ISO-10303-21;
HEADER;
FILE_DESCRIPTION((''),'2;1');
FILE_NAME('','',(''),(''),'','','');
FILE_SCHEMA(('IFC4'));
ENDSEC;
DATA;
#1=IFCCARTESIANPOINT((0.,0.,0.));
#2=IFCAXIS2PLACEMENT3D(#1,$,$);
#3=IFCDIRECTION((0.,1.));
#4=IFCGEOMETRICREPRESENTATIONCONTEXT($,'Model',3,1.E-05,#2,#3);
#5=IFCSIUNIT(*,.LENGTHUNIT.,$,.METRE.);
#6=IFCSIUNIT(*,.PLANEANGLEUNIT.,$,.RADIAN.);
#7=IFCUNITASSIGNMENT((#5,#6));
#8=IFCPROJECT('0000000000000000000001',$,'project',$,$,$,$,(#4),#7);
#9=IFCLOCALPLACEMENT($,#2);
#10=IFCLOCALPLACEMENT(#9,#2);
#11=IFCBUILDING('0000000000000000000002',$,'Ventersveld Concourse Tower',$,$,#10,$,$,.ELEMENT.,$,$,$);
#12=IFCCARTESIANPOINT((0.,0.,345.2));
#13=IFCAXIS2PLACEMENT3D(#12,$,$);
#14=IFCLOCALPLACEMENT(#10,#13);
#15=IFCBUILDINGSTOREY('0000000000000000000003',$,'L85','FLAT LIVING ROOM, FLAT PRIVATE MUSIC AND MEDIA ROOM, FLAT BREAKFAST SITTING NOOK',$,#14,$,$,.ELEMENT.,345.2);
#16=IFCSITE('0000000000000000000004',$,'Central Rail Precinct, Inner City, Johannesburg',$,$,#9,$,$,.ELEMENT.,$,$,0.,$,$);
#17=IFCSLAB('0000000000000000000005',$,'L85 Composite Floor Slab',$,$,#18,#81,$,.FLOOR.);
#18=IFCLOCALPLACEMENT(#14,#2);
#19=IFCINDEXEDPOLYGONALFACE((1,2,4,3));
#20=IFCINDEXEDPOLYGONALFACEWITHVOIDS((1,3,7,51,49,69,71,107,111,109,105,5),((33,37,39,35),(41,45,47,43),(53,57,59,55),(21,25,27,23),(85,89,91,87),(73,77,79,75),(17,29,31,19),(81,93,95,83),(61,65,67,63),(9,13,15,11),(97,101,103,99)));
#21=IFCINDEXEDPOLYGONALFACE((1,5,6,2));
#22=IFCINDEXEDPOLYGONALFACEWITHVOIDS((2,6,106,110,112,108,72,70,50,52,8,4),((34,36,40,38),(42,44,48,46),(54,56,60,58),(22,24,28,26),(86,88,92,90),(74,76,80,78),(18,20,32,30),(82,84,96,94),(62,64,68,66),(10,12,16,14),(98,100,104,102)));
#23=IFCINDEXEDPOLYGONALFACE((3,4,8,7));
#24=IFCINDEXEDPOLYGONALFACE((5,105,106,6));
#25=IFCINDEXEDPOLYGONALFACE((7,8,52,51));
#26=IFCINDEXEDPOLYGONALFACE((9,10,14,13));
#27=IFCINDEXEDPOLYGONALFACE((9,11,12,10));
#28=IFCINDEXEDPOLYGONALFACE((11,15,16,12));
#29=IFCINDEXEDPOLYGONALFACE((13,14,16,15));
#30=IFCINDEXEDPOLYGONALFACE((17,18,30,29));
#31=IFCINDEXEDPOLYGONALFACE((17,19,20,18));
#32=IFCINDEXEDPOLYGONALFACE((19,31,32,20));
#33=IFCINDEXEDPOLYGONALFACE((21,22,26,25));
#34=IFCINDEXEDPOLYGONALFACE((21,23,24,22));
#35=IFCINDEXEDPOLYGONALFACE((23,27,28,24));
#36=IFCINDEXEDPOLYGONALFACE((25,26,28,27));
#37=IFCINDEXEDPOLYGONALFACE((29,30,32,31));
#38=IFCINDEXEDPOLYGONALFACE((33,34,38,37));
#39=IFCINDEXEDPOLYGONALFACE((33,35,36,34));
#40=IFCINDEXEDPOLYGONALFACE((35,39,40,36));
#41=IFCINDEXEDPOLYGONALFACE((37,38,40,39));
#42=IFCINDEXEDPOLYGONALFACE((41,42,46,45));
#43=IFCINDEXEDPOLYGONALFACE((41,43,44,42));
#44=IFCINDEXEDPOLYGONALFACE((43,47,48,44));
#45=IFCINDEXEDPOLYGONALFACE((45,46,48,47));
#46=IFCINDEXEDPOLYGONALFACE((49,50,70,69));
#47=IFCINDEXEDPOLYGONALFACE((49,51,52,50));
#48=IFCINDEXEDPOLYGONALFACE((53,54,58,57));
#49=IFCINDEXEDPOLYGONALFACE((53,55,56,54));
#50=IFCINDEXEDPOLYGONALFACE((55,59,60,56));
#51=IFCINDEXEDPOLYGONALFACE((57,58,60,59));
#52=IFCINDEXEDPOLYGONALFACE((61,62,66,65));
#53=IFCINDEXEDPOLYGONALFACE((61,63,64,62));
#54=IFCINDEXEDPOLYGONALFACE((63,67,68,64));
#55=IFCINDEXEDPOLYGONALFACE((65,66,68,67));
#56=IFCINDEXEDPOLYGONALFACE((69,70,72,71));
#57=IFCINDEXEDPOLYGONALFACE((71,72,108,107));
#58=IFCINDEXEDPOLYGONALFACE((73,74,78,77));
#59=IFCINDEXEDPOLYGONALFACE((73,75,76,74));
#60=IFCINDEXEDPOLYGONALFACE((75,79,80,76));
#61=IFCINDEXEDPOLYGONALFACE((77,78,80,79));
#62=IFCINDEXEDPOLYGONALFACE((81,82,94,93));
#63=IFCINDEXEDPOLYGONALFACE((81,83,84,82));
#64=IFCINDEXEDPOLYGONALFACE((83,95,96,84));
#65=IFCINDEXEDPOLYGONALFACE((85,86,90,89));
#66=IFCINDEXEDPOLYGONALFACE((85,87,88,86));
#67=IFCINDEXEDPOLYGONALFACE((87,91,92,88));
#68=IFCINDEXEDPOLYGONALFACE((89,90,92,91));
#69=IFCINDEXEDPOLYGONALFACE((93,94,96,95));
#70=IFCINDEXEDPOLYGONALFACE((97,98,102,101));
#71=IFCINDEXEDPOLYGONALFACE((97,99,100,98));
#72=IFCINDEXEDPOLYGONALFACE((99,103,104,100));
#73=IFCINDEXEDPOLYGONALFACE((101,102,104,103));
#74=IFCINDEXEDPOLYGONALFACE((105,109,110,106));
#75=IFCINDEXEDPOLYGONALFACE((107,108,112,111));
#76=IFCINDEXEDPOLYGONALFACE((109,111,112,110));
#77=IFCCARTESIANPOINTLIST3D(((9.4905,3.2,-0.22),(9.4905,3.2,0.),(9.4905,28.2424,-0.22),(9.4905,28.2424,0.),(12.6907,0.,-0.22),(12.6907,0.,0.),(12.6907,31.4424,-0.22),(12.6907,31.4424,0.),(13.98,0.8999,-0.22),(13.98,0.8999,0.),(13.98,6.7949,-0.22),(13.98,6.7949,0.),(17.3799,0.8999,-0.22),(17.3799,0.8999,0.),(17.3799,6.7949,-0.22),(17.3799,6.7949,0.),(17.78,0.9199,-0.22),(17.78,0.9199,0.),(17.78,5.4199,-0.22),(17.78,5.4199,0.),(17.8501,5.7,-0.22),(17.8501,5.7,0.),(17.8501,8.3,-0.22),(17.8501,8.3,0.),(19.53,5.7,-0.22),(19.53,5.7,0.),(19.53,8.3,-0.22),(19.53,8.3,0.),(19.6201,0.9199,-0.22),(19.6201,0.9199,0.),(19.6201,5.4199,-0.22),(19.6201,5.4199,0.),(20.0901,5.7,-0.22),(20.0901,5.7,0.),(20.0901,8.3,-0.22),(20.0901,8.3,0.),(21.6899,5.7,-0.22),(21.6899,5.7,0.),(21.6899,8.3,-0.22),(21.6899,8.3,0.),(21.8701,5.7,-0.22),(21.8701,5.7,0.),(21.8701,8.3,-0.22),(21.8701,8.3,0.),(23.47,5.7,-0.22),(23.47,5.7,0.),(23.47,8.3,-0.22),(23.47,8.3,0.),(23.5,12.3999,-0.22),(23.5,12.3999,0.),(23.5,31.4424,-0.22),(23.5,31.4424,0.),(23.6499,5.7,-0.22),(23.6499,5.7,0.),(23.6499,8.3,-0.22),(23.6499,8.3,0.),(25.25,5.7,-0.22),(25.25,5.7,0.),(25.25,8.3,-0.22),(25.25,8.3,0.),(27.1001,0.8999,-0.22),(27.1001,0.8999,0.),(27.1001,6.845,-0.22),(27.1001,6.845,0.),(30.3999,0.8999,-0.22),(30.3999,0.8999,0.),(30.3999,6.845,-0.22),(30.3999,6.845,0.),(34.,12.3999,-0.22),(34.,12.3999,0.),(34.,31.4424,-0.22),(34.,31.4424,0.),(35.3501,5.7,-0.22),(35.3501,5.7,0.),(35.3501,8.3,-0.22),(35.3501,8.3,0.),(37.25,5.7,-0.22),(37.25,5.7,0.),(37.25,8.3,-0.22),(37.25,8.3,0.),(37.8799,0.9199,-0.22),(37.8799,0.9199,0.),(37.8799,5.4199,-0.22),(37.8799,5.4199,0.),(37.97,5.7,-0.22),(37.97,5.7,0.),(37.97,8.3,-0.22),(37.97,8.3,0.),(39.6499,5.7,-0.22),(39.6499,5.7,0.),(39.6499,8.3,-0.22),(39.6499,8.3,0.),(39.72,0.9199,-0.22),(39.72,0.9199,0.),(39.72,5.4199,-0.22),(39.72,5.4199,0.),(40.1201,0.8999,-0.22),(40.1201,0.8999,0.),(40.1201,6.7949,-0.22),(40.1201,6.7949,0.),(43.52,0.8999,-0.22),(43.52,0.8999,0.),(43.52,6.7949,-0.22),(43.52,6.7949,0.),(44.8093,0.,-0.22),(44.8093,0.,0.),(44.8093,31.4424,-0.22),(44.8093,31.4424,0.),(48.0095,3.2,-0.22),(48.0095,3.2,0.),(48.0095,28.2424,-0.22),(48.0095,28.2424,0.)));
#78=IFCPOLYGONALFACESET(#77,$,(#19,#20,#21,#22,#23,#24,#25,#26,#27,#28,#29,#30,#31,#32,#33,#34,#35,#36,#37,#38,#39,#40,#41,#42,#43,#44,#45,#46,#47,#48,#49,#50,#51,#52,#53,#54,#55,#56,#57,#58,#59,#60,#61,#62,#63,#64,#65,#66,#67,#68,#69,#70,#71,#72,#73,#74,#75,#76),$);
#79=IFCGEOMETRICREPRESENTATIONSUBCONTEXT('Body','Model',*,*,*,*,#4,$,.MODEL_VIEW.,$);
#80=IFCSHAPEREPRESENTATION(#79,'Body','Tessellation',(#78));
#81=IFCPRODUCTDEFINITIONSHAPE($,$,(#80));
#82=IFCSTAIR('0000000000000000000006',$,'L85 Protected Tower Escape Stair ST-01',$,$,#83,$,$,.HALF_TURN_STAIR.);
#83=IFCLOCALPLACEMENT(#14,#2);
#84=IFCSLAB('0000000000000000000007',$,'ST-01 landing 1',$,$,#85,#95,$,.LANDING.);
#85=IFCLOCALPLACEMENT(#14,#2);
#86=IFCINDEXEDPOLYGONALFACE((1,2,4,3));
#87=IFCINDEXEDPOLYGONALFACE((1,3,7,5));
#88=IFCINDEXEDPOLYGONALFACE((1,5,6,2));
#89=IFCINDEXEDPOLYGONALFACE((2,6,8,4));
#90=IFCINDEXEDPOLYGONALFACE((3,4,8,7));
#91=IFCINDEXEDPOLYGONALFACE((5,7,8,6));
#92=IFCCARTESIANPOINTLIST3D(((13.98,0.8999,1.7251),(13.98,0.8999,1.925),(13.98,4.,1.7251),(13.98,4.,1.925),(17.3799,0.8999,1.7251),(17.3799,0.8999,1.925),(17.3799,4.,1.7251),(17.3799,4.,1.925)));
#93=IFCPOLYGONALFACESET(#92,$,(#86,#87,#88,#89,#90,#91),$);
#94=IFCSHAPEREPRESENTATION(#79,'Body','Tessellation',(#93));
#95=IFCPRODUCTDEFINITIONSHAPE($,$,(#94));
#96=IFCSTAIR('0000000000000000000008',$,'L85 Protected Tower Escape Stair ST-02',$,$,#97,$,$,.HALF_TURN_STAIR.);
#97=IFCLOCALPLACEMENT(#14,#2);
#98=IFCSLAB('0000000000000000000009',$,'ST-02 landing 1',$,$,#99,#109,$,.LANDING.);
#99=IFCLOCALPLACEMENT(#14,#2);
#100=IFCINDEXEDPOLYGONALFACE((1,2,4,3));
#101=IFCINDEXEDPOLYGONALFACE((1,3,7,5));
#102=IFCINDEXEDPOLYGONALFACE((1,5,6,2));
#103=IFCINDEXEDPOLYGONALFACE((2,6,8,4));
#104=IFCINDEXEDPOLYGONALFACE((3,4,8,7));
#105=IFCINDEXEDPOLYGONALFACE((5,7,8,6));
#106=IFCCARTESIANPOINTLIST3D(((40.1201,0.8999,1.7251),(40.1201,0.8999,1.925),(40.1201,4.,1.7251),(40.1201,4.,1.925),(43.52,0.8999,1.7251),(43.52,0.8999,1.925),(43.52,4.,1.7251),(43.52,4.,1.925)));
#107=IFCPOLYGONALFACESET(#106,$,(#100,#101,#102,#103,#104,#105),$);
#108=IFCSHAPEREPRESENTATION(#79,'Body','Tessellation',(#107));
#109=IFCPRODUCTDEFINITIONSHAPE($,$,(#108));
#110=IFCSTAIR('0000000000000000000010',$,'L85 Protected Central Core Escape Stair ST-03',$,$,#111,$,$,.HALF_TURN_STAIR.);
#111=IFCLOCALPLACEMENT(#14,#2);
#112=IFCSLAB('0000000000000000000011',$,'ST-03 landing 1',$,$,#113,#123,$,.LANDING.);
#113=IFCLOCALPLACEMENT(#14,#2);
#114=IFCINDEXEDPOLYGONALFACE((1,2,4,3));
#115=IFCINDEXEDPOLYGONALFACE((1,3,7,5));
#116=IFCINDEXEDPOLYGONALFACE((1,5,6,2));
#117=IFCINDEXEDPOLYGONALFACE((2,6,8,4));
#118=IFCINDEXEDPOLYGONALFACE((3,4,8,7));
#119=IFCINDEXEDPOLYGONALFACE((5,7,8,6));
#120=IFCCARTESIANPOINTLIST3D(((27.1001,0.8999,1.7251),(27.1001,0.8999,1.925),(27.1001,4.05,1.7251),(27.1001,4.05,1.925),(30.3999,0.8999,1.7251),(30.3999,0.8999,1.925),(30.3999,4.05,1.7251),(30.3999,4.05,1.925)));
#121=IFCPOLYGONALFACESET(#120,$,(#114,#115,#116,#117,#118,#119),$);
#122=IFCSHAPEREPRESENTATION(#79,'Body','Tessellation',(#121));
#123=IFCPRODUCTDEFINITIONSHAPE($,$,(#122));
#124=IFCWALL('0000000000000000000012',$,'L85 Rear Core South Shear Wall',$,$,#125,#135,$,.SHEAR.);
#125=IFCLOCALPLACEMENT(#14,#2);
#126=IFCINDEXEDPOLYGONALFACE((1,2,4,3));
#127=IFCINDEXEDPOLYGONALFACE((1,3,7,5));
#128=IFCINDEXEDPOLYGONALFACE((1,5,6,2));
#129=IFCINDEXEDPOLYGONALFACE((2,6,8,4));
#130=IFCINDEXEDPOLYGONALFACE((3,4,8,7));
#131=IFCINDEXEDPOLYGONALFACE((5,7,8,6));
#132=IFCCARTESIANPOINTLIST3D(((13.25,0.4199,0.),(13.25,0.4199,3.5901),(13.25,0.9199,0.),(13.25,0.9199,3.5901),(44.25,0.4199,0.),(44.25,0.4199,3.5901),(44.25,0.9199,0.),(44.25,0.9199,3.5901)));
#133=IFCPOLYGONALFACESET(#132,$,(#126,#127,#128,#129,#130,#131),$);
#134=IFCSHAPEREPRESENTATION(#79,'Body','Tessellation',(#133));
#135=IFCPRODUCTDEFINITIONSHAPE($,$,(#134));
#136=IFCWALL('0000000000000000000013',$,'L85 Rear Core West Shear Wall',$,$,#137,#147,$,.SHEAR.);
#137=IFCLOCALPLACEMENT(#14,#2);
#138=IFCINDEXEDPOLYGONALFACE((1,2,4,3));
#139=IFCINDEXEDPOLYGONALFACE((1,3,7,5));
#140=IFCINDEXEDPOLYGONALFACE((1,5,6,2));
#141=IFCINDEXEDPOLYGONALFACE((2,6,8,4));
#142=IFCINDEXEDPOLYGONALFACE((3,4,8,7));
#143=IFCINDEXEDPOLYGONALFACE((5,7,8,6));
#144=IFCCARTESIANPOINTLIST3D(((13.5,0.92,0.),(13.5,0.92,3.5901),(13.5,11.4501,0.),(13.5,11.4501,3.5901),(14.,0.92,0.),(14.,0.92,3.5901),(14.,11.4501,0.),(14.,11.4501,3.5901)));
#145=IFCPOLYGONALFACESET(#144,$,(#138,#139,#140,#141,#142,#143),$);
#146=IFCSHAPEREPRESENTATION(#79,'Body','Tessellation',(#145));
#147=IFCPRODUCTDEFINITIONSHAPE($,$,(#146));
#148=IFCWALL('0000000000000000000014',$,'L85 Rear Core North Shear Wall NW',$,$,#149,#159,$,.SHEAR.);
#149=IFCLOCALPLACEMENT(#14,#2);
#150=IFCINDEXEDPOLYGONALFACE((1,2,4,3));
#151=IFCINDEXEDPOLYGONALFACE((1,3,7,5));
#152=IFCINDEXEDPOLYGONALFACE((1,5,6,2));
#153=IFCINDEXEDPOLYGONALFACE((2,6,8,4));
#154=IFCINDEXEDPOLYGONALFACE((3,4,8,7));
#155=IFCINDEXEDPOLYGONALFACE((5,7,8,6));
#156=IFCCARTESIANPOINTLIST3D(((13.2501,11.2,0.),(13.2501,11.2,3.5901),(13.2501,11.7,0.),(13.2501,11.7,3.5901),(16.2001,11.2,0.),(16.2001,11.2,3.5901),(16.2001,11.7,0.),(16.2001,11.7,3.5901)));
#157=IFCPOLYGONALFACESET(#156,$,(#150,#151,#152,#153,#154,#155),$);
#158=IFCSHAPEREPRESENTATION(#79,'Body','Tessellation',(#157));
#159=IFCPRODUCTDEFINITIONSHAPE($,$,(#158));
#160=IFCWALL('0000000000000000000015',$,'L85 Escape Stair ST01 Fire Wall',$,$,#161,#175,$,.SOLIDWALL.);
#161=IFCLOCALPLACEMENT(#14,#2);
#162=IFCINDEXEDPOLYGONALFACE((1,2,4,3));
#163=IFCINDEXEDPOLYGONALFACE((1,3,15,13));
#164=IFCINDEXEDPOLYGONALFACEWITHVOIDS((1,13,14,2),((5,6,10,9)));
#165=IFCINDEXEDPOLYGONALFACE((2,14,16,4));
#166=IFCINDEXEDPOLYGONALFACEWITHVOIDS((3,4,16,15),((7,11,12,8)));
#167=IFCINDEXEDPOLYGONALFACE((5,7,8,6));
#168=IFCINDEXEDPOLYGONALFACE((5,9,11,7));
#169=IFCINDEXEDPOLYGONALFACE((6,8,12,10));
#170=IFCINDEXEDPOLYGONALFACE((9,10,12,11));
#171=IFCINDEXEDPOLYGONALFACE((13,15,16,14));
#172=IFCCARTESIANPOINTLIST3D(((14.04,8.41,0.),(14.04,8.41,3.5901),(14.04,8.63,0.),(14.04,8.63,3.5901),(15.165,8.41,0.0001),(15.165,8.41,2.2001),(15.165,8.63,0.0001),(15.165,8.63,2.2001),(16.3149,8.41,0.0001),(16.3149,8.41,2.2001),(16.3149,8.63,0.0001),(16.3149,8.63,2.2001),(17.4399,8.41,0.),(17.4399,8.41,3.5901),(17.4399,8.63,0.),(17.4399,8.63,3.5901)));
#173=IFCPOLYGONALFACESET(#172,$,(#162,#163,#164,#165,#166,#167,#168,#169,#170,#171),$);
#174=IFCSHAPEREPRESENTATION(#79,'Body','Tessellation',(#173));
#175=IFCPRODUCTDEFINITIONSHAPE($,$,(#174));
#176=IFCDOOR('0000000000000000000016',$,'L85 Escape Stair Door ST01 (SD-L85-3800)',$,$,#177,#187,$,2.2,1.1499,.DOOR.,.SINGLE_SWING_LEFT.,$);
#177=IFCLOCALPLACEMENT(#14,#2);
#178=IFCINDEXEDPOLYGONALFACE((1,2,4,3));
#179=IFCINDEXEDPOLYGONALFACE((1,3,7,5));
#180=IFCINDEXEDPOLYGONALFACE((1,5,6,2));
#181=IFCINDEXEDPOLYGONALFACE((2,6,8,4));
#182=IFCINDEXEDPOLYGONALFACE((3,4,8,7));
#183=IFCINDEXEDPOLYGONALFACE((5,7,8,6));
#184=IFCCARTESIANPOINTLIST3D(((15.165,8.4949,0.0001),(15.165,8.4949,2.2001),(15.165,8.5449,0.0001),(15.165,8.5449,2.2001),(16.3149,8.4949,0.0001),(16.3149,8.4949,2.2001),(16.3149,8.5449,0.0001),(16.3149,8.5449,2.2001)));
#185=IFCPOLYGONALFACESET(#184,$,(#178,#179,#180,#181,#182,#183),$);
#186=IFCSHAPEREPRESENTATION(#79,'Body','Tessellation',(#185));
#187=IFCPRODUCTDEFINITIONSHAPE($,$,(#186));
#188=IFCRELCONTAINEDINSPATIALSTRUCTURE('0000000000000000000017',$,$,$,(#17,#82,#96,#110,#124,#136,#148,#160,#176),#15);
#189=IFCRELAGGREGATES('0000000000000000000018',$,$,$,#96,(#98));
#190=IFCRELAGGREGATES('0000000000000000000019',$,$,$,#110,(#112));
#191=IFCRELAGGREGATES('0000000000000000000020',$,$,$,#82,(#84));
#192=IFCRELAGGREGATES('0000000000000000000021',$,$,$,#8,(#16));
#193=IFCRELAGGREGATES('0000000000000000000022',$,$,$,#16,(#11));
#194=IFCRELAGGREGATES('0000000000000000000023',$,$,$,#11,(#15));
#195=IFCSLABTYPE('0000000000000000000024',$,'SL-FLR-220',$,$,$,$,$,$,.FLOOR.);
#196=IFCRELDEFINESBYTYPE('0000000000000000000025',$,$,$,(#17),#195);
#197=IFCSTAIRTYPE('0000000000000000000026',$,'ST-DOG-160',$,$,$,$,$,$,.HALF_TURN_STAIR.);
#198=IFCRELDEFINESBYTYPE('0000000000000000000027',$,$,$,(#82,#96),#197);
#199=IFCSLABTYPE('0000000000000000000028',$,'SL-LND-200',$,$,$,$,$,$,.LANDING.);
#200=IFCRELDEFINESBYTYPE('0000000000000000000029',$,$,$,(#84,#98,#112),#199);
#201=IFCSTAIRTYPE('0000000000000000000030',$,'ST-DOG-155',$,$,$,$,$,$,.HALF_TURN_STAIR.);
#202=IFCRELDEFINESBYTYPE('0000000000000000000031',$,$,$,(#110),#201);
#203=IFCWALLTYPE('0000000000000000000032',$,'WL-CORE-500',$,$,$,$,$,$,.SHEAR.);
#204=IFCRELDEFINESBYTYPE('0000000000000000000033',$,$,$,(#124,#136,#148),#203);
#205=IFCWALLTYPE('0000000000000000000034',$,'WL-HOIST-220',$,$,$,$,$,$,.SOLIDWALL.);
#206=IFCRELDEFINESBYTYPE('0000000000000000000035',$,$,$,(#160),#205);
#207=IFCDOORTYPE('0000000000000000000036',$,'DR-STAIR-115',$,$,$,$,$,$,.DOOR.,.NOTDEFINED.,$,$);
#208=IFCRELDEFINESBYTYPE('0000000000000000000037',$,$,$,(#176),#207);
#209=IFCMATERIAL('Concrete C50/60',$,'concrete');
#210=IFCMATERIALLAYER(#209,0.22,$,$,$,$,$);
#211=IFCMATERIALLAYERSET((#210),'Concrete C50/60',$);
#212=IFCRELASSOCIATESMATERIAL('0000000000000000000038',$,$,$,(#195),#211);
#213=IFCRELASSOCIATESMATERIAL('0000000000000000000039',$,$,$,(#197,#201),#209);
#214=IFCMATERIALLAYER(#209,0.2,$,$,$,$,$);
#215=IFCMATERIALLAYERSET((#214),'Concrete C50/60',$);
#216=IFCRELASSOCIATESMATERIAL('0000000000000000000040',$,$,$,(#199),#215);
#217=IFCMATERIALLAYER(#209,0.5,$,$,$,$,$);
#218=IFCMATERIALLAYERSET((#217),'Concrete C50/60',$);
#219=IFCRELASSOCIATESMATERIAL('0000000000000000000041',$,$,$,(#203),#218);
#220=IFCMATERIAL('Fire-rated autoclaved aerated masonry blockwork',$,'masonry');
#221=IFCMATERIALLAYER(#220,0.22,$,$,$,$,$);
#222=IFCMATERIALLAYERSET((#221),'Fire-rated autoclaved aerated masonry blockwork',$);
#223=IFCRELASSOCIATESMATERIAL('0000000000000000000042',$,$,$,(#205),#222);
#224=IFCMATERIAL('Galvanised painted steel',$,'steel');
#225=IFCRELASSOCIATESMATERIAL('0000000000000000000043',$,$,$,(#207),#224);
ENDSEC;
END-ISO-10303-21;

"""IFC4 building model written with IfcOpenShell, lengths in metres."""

from ifc_helpers import new_model, si_unit, direction, frame, frame_2d, origin, place, context, subcontext, project, spatial, polyline, rectangle, outline, extrude, material, layer, layer_set, type_object, element, fill, aggregate, save


model = new_model("IFC4")

# Units and contexts
model_context = context("Model", 3, precision=1e-05, world=origin(), true_north=direction((0.0, 1.0)))
body_context = subcontext(model_context, "Body", "Model", "MODEL_VIEW")
ifc_project = project(units=[si_unit("LENGTHUNIT", "METRE"), si_unit("PLANEANGLEUNIT", "RADIAN")], contexts=[model_context])

# Site, building, storey
site_placement = place(None, origin())
site = spatial("IfcSite", under=ifc_project, at=site_placement, Name="Central Rail Precinct, Inner City, Johannesburg", CompositionType="ELEMENT", RefElevation=0.0)
building_placement = place(site_placement, origin())
building = spatial("IfcBuilding", under=site, at=building_placement, Name="Ventersveld Concourse Tower", CompositionType="ELEMENT")
storey_placement = place(building_placement, frame((0.0, 0.0, 345.2)))
storey = spatial("IfcBuildingStorey", under=building, at=storey_placement, Name="L85", Description="FLAT LIVING ROOM, FLAT PRIVATE MUSIC AND MEDIA ROOM, FLAT BREAKFAST SITTING NOOK", CompositionType="ELEMENT", Elevation=345.2)

# Shared definitions
ifc_material_1 = material(Name="Concrete C50/60", Category="concrete")

# Slab
ifc_layer_1 = layer(ifc_material_1, 0.22)
ifc_layer_set_1 = layer_set([ifc_layer_1], Name="Concrete C50/60")
slab_type_1 = type_object("IfcSlabType", Name="SL-FLR-220", PredefinedType="FLOOR", material=ifc_layer_set_1)
slab_1_placement = place(storey_placement, frame((0.0, 0.0, -0.22)))
element("IfcSlab", 1, at=slab_1_placement, inside=storey, type_object=slab_type_1, Name="L85 Composite Floor Slab", PredefinedType="FLOOR", context=body_context, shape_type="SweptSolid", body=[
    extrude(outline(polyline([(12.6907, 0.0), (44.8093, 0.0), (48.0095, 3.2), (48.0095, 28.2424), (44.8093, 31.4424), (34.0, 31.4424), (34.0, 12.3999), (23.5, 12.3999), (23.5, 31.4424), (12.6907, 31.4424), (9.4905, 28.2424), (9.4905, 3.2), (12.6907, 0.0)]), holes=[polyline([(13.98, 6.7949), (13.98, 0.8999), (17.3799, 0.8999), (17.3799, 6.7949), (13.98, 6.7949)]), polyline([(40.1201, 6.7949), (40.1201, 0.8999), (43.52, 0.8999), (43.52, 6.7949), (40.1201, 6.7949)]), polyline([(27.1001, 6.845), (27.1001, 0.8999), (30.3999, 0.8999), (30.3999, 6.845), (27.1001, 6.845)]), polyline([(17.8501, 5.7), (19.53, 5.7), (19.53, 8.3), (17.8501, 8.3), (17.8501, 5.7)]), polyline([(37.97, 5.7), (39.6499, 5.7), (39.6499, 8.3), (37.97, 8.3), (37.97, 5.7)]), polyline([(35.3501, 5.7), (37.25, 5.7), (37.25, 8.3), (35.3501, 8.3), (35.3501, 5.7)]), polyline([(20.0901, 5.7), (21.6899, 5.7), (21.6899, 8.3), (20.0901, 8.3), (20.0901, 5.7)]), polyline([(21.8701, 5.7), (23.47, 5.7), (23.47, 8.3), (21.8701, 8.3), (21.8701, 5.7)]), polyline([(23.6499, 5.7), (25.25, 5.7), (25.25, 8.3), (23.6499, 8.3), (23.6499, 5.7)]), polyline([(17.78, 0.9199), (19.6201, 0.9199), (19.6201, 5.4199), (17.78, 5.4199), (17.78, 0.9199)]), polyline([(37.8799, 0.9199), (39.72, 0.9199), (39.72, 5.4199), (37.8799, 5.4199), (37.8799, 0.9199)])]), origin(), (0.0, 0.0, 1.0), 0.22),
])

# Stairs, slabs
stair_type_1 = type_object("IfcStairType", Name="ST-DOG-160", PredefinedType="HALF_TURN_STAIR", material=ifc_material_1)
stair_1_placement = place(storey_placement, origin())
stair_1 = element("IfcStair", 2, at=stair_1_placement, inside=storey, type_object=stair_type_1, Name="L85 Protected Tower Escape Stair ST-01", PredefinedType="HALF_TURN_STAIR")
ifc_layer_2 = layer(ifc_material_1, 0.2)
ifc_layer_set_2 = layer_set([ifc_layer_2], Name="Concrete C50/60")
slab_type_2 = type_object("IfcSlabType", Name="SL-LND-200", PredefinedType="LANDING", material=ifc_layer_set_2)
slab_2_placement = place(storey_placement, frame((0.0, 0.0, 1.7251)))
slab_2 = element("IfcSlab", 3, at=slab_2_placement, type_object=slab_type_2, Name="ST-01 landing 1", PredefinedType="LANDING", context=body_context, shape_type="SweptSolid", body=[
    extrude(outline(polyline([(13.98, 4.0), (13.98, 0.8999), (17.3799, 0.8999), (17.3799, 4.0), (13.98, 4.0)])), origin(), (0.0, 0.0, 1.0), 0.2),
])
stair_2_placement = place(storey_placement, origin())
stair_2 = element("IfcStair", 4, at=stair_2_placement, inside=storey, type_object=stair_type_1, Name="L85 Protected Tower Escape Stair ST-02", PredefinedType="HALF_TURN_STAIR")
slab_3_placement = place(storey_placement, frame((0.0, 0.0, 1.7251)))
slab_3 = element("IfcSlab", 5, at=slab_3_placement, type_object=slab_type_2, Name="ST-02 landing 1", PredefinedType="LANDING", context=body_context, shape_type="SweptSolid", body=[
    extrude(outline(polyline([(40.1201, 4.0), (40.1201, 0.8999), (43.52, 0.8999), (43.52, 4.0), (40.1201, 4.0)])), origin(), (0.0, 0.0, 1.0), 0.2),
])
aggregate(stair_2, [slab_3])
stair_type_2 = type_object("IfcStairType", Name="ST-DOG-155", PredefinedType="HALF_TURN_STAIR", material=ifc_material_1)
stair_3_placement = place(storey_placement, origin())
stair_3 = element("IfcStair", 6, at=stair_3_placement, inside=storey, type_object=stair_type_2, Name="L85 Protected Central Core Escape Stair ST-03", PredefinedType="HALF_TURN_STAIR")
slab_4_placement = place(storey_placement, frame((0.0, 0.0, 1.7251)))
slab_4 = element("IfcSlab", 7, at=slab_4_placement, type_object=slab_type_2, Name="ST-03 landing 1", PredefinedType="LANDING", context=body_context, shape_type="SweptSolid", body=[
    extrude(outline(polyline([(27.1001, 4.05), (27.1001, 0.8999), (30.3999, 0.8999), (30.3999, 4.05), (27.1001, 4.05)])), origin(), (0.0, 0.0, 1.0), 0.2),
])
aggregate(stair_3, [slab_4])

# Walls
ifc_layer_3 = layer(ifc_material_1, 0.5)
ifc_layer_set_3 = layer_set([ifc_layer_3], Name="Concrete C50/60")
wall_type_1 = type_object("IfcWallType", Name="WL-CORE-500", PredefinedType="SHEAR", material=ifc_layer_set_3)
wall_1_placement = place(storey_placement, frame((13.25, 0.6699, 0.0), z_axis=(0.0, 0.0, 1.0), x_axis=(1.0, 0.0, 0.0)))
element("IfcWall", 8, at=wall_1_placement, inside=storey, type_object=wall_type_1, Name="L85 Rear Core South Shear Wall", PredefinedType="SHEAR", context=body_context, shape_type="SweptSolid", body=[
    extrude(rectangle(XDim=31.0, YDim=0.5, at=frame_2d((15.5, 0.0))), origin(), (0.0, 0.0, 1.0), 3.5901),
])
wall_2_placement = place(storey_placement, frame((13.75, 0.9199, 0.0), z_axis=(0.0, 0.0, 1.0), x_axis=(0.0, 1.0, 0.0)))
element("IfcWall", 9, at=wall_2_placement, inside=storey, type_object=wall_type_1, Name="L85 Rear Core West Shear Wall", PredefinedType="SHEAR", context=body_context, shape_type="SweptSolid", body=[
    extrude(rectangle(XDim=10.53, YDim=0.5, at=frame_2d((5.2651, 0.0))), origin(), (0.0, 0.0, 1.0), 3.5901),
])
wall_3_placement = place(storey_placement, frame((13.25, 11.45, 0.0), z_axis=(0.0, 0.0, 1.0), x_axis=(1.0, 0.0, 0.0)))
element("IfcWall", 10, at=wall_3_placement, inside=storey, type_object=wall_type_1, Name="L85 Rear Core North Shear Wall NW", PredefinedType="SHEAR", context=body_context, shape_type="SweptSolid", body=[
    extrude(rectangle(XDim=2.95, YDim=0.5, at=frame_2d((1.4751, 0.0))), origin(), (0.0, 0.0, 1.0), 3.5901),
])

# Wall, opening, door
ifc_material_2 = material(Name="Fire-rated autoclaved aerated masonry blockwork", Category="masonry")
ifc_layer_4 = layer(ifc_material_2, 0.22)
ifc_layer_set_4 = layer_set([ifc_layer_4], Name="Fire-rated autoclaved aerated masonry blockwork")
wall_type_2 = type_object("IfcWallType", Name="WL-HOIST-220", PredefinedType="SOLIDWALL", material=ifc_layer_set_4)
wall_4_placement = place(storey_placement, frame((14.04, 8.52, 0.0), z_axis=(0.0, 0.0, 1.0), x_axis=(1.0, 0.0, 0.0)))
wall_4 = element("IfcWall", 11, at=wall_4_placement, inside=storey, type_object=wall_type_2, Name="L85 Escape Stair ST01 Fire Wall", PredefinedType="SOLIDWALL", context=body_context, shape_type="SweptSolid", body=[
    extrude(rectangle(XDim=3.3999, YDim=0.22, at=frame_2d((1.7, 0.0))), origin(), (0.0, 0.0, 1.0), 3.5901),
])
opening_1_placement = place(wall_4_placement, frame((1.125, 0.0, 0.0)))
opening_1 = element("IfcOpeningElement", 12, at=opening_1_placement, cuts=wall_4, PredefinedType="OPENING", context=body_context, shape_type="SweptSolid", body=[
    extrude(rectangle(XDim=1.1499, YDim=2.2, at=frame_2d((0.575, 1.1001))), frame((0.0, 0.1201, 0.0), z_axis=(0.0, -1.0, 0.0), x_axis=(1.0, 0.0, 0.0)), (0.0, 0.0, 1.0), 0.24),
])
ifc_material_3 = material(Name="Galvanised painted steel", Category="steel")
door_type_1 = type_object("IfcDoorType", Name="DR-STAIR-115", OperationType="NOTDEFINED", PredefinedType="DOOR", material=ifc_material_3)
door_1_placement = place(opening_1_placement, origin())
door_1 = element("IfcDoor", 13, at=door_1_placement, inside=storey, type_object=door_type_1, Name="L85 Escape Stair Door ST01 (SD-L85-3800)", OperationType="SINGLE_SWING_LEFT", OverallHeight=2.2, OverallWidth=1.1499, PredefinedType="DOOR", context=body_context, shape_type="SweptSolid", body=[
    extrude(rectangle(XDim=1.1499, YDim=2.2, at=frame_2d((0.575, 1.1001))), frame((0.0, 0.0249, 0.0), z_axis=(0.0, -1.0, 0.0), x_axis=(1.0, 0.0, 0.0)), (0.0, 0.0, 1.0), 0.05),
])
fill(opening_1, door_1)

aggregate(stair_1, [slab_2])

save(model, "model.ifc")
